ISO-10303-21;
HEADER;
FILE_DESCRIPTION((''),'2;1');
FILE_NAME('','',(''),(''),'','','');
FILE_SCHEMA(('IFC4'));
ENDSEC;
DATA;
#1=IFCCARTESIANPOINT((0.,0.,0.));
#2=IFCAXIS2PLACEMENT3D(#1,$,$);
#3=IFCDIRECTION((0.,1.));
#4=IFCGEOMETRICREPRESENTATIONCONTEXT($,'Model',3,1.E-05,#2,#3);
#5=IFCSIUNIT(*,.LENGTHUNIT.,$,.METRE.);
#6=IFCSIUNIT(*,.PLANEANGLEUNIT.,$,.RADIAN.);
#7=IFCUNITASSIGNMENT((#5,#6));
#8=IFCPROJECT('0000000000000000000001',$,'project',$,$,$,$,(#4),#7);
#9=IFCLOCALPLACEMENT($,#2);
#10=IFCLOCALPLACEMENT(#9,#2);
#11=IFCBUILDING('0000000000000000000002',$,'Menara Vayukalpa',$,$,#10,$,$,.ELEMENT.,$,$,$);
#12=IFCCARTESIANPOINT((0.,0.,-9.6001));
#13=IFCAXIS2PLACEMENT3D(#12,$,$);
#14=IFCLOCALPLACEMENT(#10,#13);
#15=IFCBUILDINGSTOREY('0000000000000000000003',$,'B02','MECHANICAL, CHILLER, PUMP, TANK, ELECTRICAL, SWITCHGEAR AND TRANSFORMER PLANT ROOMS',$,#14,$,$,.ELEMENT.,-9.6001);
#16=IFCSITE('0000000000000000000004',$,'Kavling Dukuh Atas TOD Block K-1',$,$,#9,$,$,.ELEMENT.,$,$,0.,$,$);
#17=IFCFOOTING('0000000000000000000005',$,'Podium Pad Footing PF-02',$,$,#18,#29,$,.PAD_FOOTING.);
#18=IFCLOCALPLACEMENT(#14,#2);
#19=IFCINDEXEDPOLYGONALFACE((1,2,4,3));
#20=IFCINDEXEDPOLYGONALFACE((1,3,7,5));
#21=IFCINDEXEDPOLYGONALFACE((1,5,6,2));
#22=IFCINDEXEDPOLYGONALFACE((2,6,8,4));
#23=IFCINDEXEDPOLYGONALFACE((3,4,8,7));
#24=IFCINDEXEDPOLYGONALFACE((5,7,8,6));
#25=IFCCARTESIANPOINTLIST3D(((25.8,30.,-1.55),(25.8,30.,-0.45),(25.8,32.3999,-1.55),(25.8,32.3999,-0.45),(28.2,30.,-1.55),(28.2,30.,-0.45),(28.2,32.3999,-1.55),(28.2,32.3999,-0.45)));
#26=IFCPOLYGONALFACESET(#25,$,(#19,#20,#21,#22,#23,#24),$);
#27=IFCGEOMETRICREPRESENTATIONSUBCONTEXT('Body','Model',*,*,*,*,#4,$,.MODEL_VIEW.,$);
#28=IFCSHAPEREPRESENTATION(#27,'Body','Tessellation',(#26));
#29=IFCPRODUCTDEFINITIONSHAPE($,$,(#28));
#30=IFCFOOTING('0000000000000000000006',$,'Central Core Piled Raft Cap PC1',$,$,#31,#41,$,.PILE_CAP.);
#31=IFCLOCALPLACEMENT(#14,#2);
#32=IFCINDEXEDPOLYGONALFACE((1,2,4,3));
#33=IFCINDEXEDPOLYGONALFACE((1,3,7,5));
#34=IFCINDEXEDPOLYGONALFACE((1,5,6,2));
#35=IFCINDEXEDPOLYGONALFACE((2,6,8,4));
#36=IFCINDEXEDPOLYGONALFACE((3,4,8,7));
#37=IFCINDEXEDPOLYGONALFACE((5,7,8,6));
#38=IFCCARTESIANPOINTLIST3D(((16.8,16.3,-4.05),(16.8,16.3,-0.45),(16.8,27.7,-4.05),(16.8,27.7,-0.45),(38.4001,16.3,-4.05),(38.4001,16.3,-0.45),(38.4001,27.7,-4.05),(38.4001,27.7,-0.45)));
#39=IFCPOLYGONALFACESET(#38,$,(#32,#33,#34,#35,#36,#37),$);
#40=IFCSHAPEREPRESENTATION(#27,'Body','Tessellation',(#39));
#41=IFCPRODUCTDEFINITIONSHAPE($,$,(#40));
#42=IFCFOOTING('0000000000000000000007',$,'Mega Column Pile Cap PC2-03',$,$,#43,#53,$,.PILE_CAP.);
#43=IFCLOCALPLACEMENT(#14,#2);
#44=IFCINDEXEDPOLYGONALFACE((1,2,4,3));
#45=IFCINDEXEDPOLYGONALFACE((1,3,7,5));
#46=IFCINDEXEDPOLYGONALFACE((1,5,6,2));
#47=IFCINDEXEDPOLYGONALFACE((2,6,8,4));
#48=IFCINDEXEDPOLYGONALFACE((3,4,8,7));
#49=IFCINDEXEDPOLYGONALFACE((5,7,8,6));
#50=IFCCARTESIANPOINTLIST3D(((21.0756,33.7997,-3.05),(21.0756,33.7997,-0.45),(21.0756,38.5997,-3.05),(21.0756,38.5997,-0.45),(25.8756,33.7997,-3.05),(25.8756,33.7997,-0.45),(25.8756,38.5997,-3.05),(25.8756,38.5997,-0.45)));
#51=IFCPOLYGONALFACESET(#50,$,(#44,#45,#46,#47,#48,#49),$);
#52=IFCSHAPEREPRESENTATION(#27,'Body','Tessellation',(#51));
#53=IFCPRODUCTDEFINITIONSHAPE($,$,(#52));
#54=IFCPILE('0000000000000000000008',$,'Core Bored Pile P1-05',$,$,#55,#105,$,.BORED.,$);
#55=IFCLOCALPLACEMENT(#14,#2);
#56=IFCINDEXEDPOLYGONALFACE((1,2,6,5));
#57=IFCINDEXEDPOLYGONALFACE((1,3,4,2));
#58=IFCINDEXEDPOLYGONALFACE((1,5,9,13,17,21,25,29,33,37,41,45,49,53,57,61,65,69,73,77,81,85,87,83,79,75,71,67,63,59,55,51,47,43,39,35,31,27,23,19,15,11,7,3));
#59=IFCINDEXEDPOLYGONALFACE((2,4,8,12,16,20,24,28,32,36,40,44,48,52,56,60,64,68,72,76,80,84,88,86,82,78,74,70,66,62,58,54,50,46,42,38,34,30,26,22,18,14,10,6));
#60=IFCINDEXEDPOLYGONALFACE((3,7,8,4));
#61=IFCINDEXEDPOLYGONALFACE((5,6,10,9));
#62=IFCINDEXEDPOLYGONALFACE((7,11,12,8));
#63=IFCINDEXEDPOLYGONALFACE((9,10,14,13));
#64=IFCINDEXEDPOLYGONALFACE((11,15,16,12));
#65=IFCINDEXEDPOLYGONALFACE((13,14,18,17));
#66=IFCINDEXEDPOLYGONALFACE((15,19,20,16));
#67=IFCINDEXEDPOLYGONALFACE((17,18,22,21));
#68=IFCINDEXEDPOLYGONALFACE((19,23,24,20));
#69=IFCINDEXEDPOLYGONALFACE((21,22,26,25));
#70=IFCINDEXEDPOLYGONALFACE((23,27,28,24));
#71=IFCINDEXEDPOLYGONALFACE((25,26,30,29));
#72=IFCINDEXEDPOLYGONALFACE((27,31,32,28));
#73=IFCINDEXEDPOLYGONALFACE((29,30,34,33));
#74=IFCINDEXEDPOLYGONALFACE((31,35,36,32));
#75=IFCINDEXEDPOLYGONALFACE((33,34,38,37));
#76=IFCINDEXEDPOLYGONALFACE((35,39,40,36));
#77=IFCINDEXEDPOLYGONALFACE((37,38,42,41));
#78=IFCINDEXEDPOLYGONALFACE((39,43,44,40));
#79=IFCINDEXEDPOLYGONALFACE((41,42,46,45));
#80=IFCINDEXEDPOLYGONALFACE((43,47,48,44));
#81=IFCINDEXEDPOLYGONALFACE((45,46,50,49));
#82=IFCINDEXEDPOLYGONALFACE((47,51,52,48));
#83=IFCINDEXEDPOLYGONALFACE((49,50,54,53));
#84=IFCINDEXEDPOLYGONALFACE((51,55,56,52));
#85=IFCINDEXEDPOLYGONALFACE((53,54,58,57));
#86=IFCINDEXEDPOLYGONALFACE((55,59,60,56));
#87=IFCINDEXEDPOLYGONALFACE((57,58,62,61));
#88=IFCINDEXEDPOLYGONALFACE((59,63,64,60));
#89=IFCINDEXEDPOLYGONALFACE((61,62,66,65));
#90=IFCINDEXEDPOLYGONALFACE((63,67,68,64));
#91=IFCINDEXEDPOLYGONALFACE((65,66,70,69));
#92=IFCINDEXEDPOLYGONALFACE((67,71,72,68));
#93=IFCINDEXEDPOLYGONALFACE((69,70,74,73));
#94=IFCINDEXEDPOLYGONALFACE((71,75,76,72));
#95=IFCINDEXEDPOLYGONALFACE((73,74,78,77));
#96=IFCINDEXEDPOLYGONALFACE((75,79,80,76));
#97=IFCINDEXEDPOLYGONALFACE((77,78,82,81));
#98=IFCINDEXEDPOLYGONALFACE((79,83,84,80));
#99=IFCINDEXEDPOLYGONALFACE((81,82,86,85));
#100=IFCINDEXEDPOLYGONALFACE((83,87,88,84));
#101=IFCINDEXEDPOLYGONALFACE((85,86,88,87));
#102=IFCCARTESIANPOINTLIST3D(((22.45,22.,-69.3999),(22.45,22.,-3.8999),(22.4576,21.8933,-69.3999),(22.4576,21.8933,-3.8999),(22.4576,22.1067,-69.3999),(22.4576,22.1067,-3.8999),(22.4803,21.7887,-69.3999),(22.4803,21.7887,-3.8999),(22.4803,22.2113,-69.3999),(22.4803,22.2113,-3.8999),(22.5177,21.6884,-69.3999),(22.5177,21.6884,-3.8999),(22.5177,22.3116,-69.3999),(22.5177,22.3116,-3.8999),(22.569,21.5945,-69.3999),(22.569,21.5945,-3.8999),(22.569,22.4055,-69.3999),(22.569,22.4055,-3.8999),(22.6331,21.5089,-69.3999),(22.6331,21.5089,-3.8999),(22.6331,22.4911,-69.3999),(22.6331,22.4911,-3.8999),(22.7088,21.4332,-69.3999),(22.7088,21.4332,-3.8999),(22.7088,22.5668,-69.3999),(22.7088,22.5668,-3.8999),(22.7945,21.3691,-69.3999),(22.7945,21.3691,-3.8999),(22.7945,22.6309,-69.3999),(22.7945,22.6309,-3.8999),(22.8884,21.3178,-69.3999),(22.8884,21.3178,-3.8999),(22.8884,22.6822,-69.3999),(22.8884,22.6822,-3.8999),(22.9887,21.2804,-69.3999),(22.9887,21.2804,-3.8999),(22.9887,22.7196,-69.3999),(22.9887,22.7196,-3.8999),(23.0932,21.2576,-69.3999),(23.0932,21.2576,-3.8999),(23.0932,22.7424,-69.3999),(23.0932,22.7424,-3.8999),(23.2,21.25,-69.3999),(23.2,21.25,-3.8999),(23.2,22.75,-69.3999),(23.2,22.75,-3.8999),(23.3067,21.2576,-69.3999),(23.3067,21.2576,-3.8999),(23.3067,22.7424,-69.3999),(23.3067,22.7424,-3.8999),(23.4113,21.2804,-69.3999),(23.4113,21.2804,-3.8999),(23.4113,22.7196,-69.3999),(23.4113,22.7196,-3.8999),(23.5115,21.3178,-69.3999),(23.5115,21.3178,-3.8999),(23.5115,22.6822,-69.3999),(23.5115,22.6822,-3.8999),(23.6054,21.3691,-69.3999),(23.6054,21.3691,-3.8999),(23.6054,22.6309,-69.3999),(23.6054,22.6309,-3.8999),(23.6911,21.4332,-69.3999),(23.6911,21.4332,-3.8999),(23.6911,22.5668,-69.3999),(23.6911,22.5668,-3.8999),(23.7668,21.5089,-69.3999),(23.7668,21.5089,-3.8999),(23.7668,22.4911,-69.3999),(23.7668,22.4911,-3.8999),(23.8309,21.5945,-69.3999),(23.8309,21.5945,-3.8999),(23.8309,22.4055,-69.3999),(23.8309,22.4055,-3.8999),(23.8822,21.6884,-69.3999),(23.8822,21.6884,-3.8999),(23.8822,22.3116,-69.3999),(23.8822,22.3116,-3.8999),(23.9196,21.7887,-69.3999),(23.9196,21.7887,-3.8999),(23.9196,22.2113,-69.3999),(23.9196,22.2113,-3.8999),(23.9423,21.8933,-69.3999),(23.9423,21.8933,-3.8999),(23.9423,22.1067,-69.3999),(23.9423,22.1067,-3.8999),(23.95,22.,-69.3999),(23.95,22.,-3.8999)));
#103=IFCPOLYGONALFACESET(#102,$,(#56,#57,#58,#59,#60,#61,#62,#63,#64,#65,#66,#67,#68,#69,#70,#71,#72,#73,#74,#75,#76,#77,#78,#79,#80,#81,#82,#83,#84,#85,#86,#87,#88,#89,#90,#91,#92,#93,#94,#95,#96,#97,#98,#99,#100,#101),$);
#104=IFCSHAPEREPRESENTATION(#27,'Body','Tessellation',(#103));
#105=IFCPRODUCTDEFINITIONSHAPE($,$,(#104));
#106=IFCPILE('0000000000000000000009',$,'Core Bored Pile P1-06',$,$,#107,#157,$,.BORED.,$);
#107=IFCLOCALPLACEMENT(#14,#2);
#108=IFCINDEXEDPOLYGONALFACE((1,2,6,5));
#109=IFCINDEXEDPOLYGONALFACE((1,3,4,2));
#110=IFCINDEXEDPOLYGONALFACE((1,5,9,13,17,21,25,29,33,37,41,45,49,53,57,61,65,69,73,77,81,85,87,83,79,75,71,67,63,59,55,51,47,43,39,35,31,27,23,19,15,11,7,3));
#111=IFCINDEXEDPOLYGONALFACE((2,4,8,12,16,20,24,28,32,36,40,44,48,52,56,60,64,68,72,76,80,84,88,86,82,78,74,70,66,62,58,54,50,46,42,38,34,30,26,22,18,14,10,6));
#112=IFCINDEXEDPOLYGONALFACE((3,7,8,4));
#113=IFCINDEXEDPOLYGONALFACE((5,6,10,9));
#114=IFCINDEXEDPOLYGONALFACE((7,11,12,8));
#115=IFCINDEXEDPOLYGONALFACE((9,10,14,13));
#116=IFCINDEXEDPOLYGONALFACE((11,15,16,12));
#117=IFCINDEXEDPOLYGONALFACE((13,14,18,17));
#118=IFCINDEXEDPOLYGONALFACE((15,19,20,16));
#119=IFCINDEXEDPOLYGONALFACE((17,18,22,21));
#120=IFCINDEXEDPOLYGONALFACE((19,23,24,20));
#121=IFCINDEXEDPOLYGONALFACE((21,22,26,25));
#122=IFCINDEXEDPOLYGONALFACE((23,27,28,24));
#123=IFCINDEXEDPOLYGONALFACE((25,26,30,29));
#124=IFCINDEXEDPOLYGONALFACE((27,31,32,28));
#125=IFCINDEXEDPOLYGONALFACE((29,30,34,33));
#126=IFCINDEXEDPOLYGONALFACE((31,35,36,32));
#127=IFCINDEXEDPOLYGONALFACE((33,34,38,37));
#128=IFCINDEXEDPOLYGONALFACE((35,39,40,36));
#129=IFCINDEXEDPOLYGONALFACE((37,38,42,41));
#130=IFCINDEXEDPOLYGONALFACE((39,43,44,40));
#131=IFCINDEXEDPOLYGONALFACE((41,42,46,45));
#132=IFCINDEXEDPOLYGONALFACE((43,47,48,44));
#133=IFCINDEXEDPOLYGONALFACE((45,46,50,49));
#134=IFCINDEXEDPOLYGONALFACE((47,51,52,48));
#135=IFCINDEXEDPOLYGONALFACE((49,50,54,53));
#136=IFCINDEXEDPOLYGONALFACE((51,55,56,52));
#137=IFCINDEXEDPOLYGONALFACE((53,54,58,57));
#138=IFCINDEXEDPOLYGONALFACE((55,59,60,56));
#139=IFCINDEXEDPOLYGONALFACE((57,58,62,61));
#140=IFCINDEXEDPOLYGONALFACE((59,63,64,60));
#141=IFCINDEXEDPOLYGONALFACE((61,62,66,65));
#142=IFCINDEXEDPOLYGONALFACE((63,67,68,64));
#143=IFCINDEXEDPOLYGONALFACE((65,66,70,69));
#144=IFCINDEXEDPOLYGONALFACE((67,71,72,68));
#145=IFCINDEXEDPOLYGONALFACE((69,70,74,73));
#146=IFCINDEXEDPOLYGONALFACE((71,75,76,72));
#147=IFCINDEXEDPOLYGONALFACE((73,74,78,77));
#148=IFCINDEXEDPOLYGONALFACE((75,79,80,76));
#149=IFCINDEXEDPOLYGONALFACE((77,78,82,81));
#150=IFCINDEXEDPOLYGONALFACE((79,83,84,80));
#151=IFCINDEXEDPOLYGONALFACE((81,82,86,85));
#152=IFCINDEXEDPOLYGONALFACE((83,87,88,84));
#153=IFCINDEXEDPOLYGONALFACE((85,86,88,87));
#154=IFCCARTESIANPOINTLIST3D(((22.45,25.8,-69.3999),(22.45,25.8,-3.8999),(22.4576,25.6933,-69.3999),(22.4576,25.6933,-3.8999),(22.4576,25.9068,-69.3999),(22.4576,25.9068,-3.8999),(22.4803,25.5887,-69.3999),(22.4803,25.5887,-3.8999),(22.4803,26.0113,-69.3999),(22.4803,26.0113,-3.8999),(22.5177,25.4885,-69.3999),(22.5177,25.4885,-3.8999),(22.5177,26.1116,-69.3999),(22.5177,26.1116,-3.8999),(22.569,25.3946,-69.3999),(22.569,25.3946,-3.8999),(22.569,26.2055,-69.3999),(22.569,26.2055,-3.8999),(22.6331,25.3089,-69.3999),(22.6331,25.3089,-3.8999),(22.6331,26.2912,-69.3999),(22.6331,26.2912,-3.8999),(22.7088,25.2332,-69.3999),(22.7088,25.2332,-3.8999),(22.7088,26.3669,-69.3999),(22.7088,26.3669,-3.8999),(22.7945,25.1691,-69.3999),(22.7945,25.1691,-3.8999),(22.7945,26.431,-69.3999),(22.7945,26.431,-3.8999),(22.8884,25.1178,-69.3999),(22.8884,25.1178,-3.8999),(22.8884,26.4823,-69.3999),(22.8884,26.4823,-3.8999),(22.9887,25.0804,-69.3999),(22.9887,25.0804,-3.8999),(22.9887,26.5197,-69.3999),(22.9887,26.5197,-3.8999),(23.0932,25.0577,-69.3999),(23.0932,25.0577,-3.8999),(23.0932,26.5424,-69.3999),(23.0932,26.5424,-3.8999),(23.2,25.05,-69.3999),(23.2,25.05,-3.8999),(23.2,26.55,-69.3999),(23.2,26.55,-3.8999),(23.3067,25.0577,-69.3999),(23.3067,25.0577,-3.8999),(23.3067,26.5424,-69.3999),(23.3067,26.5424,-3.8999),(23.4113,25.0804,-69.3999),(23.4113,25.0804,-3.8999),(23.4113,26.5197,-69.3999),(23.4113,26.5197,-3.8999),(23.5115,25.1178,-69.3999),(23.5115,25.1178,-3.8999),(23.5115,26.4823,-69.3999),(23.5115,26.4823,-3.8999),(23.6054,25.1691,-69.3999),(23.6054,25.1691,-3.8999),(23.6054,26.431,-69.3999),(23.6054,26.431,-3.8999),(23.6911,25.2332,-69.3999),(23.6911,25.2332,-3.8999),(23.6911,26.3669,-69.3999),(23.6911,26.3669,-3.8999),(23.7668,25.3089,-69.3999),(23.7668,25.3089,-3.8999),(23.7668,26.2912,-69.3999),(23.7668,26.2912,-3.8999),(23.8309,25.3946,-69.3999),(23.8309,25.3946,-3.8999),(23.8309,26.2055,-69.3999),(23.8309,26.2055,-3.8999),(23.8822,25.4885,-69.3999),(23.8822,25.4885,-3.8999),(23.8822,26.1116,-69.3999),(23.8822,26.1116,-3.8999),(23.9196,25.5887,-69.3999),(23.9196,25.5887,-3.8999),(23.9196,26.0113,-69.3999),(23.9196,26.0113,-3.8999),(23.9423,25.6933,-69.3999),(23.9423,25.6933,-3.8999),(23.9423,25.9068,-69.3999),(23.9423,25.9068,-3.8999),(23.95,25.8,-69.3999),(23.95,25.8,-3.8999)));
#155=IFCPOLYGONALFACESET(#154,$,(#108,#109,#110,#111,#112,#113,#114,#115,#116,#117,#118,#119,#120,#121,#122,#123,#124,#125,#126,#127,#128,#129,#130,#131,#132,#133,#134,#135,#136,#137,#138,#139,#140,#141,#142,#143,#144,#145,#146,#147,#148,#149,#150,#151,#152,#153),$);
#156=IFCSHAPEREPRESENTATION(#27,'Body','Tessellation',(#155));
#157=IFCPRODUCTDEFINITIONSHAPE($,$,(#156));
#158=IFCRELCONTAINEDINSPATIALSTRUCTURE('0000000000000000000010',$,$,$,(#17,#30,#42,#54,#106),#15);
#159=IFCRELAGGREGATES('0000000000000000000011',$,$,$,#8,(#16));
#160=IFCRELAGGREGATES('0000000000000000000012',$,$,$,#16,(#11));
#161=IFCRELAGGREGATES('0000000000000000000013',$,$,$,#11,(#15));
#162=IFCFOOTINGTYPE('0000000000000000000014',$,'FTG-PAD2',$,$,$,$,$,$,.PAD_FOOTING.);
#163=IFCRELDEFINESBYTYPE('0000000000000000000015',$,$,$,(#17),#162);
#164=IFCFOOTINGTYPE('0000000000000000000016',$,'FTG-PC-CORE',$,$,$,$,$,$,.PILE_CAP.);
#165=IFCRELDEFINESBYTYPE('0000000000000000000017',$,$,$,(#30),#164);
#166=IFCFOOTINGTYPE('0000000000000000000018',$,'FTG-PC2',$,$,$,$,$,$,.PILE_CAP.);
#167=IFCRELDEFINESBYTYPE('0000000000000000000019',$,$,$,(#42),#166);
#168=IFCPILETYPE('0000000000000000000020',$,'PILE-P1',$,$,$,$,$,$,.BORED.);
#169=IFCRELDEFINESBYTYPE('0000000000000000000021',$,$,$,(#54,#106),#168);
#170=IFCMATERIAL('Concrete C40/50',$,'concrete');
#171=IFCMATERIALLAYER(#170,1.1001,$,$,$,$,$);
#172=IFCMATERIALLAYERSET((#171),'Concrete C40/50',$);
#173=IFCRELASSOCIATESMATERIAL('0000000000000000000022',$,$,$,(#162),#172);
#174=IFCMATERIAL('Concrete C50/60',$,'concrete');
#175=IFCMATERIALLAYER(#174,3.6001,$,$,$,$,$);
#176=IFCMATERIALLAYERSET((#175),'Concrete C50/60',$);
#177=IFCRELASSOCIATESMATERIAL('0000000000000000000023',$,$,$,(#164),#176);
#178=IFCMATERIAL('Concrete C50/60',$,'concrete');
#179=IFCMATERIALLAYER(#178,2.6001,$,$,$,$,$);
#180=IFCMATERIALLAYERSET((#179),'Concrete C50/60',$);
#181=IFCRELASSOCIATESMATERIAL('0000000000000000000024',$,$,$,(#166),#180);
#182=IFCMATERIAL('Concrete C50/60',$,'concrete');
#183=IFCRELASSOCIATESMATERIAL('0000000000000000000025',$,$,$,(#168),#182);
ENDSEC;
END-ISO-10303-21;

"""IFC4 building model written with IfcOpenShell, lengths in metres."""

from ifc_helpers import new_model, si_unit, direction, frame, origin, origin_2d, place, context, subcontext, project, spatial, rectangle, circle, extrude, material, layer, layer_set, material_profile, profile_set, type_object, element, save


model = new_model("IFC4")

# Units and contexts
model_context = context("Model", 3, precision=1e-05, world=origin(), true_north=direction((0.0, 1.0)))
body_context = subcontext(model_context, "Body", "Model", "MODEL_VIEW")
ifc_project = project(units=[si_unit("LENGTHUNIT", "METRE"), si_unit("PLANEANGLEUNIT", "RADIAN")], contexts=[model_context])

# Site, building, storey
site_placement = place(None, origin())
site = spatial("IfcSite", under=ifc_project, at=site_placement, Name="Kavling Dukuh Atas TOD Block K-1", CompositionType="ELEMENT", RefElevation=0.0)
building_placement = place(site_placement, origin())
building = spatial("IfcBuilding", under=site, at=building_placement, Name="Menara Vayukalpa", CompositionType="ELEMENT")
storey_placement = place(building_placement, frame((0.0, 0.0, -9.6001)))
storey = spatial("IfcBuildingStorey", under=building, at=storey_placement, Name="B02", Description="MECHANICAL, CHILLER, PUMP, TANK, ELECTRICAL, SWITCHGEAR AND TRANSFORMER PLANT ROOMS", CompositionType="ELEMENT", Elevation=-9.6001)

# Footings
ifc_material_1 = material(Name="Concrete C40/50", Category="concrete")
ifc_layer_1 = layer(ifc_material_1, 1.1001)
ifc_layer_set_1 = layer_set([ifc_layer_1], Name="Concrete C40/50")
footing_type_1 = type_object("IfcFootingType", Name="FTG-PAD2", PredefinedType="PAD_FOOTING", material=ifc_layer_set_1)
footing_1_placement = place(storey_placement, frame((27.0, 31.2, -1.55), z_axis=(0.0, 0.0, 1.0), x_axis=(1.0, 0.0, 0.0)))
element("IfcFooting", 1, at=footing_1_placement, inside=storey, type_object=footing_type_1, Name="Podium Pad Footing PF-02", PredefinedType="PAD_FOOTING", context=body_context, shape_type="SweptSolid", body=[
    extrude(rectangle(XDim=2.3999, YDim=2.3999, at=origin_2d()), origin(), (0.0, 0.0, 1.0), 1.1001),
])
ifc_material_2 = material(Name="Concrete C50/60", Category="concrete")
ifc_layer_2 = layer(ifc_material_2, 3.6001)
ifc_layer_set_2 = layer_set([ifc_layer_2], Name="Concrete C50/60")
footing_type_2 = type_object("IfcFootingType", Name="FTG-PC-CORE", PredefinedType="PILE_CAP", material=ifc_layer_set_2)
footing_2_placement = place(storey_placement, frame((27.6001, 22.0, -4.05), z_axis=(0.0, 0.0, 1.0), x_axis=(1.0, 0.0, 0.0)))
element("IfcFooting", 2, at=footing_2_placement, inside=storey, type_object=footing_type_2, Name="Central Core Piled Raft Cap PC1", PredefinedType="PILE_CAP", context=body_context, shape_type="SweptSolid", body=[
    extrude(rectangle(XDim=21.6001, YDim=11.3999, at=origin_2d()), origin(), (0.0, 0.0, 1.0), 3.6001),
])
ifc_material_3 = material(Name="Concrete C50/60", Category="concrete")
ifc_layer_3 = layer(ifc_material_3, 2.6001)
ifc_layer_set_3 = layer_set([ifc_layer_3], Name="Concrete C50/60")
footing_type_3 = type_object("IfcFootingType", Name="FTG-PC2", PredefinedType="PILE_CAP", material=ifc_layer_set_3)
footing_3_placement = place(storey_placement, frame((23.4756, 36.1997, -3.05), z_axis=(0.0, 0.0, 1.0), x_axis=(1.0, 0.0, 0.0)))
element("IfcFooting", 3, at=footing_3_placement, inside=storey, type_object=footing_type_3, Name="Mega Column Pile Cap PC2-03", PredefinedType="PILE_CAP", context=body_context, shape_type="SweptSolid", body=[
    extrude(rectangle(XDim=4.8, YDim=4.8, at=origin_2d()), origin(), (0.0, 0.0, 1.0), 2.6001),
])

# Piles
ifc_material_4 = material(Name="Concrete C50/60", Category="concrete")
ifc_material_profile_1 = material_profile(ifc_material_4, circle(Radius=0.75, at=origin_2d()), Name="PILE D1500")
ifc_profile_set_1 = profile_set([ifc_material_profile_1], Name="Concrete C50/60")
pile_type_1 = type_object("IfcPileType", Name="PILE-P1", PredefinedType="BORED", material=ifc_profile_set_1)
for number, where, z_axis, x_axis, name in (
    (4, (23.2, 22.0, -3.8999), (0.0, 0.0, -1.0), (1.0, 0.0, 0.0), "Core Bored Pile P1-05"),
    (5, (23.2, 25.8, -3.8999), (0.0, 0.0, -1.0), (1.0, 0.0, 0.0), "Core Bored Pile P1-06"),
):
    element("IfcPile", number, at=place(storey_placement, frame(where, z_axis=z_axis, x_axis=x_axis)), inside=storey, type_object=pile_type_1, Name=name, PredefinedType="BORED", context=body_context, shape_type="SweptSolid", body=[
        extrude(circle(Radius=0.75, at=origin_2d()), origin(), (0.0, 0.0, 1.0), 65.5),
    ])

save(model, "model.ifc")
